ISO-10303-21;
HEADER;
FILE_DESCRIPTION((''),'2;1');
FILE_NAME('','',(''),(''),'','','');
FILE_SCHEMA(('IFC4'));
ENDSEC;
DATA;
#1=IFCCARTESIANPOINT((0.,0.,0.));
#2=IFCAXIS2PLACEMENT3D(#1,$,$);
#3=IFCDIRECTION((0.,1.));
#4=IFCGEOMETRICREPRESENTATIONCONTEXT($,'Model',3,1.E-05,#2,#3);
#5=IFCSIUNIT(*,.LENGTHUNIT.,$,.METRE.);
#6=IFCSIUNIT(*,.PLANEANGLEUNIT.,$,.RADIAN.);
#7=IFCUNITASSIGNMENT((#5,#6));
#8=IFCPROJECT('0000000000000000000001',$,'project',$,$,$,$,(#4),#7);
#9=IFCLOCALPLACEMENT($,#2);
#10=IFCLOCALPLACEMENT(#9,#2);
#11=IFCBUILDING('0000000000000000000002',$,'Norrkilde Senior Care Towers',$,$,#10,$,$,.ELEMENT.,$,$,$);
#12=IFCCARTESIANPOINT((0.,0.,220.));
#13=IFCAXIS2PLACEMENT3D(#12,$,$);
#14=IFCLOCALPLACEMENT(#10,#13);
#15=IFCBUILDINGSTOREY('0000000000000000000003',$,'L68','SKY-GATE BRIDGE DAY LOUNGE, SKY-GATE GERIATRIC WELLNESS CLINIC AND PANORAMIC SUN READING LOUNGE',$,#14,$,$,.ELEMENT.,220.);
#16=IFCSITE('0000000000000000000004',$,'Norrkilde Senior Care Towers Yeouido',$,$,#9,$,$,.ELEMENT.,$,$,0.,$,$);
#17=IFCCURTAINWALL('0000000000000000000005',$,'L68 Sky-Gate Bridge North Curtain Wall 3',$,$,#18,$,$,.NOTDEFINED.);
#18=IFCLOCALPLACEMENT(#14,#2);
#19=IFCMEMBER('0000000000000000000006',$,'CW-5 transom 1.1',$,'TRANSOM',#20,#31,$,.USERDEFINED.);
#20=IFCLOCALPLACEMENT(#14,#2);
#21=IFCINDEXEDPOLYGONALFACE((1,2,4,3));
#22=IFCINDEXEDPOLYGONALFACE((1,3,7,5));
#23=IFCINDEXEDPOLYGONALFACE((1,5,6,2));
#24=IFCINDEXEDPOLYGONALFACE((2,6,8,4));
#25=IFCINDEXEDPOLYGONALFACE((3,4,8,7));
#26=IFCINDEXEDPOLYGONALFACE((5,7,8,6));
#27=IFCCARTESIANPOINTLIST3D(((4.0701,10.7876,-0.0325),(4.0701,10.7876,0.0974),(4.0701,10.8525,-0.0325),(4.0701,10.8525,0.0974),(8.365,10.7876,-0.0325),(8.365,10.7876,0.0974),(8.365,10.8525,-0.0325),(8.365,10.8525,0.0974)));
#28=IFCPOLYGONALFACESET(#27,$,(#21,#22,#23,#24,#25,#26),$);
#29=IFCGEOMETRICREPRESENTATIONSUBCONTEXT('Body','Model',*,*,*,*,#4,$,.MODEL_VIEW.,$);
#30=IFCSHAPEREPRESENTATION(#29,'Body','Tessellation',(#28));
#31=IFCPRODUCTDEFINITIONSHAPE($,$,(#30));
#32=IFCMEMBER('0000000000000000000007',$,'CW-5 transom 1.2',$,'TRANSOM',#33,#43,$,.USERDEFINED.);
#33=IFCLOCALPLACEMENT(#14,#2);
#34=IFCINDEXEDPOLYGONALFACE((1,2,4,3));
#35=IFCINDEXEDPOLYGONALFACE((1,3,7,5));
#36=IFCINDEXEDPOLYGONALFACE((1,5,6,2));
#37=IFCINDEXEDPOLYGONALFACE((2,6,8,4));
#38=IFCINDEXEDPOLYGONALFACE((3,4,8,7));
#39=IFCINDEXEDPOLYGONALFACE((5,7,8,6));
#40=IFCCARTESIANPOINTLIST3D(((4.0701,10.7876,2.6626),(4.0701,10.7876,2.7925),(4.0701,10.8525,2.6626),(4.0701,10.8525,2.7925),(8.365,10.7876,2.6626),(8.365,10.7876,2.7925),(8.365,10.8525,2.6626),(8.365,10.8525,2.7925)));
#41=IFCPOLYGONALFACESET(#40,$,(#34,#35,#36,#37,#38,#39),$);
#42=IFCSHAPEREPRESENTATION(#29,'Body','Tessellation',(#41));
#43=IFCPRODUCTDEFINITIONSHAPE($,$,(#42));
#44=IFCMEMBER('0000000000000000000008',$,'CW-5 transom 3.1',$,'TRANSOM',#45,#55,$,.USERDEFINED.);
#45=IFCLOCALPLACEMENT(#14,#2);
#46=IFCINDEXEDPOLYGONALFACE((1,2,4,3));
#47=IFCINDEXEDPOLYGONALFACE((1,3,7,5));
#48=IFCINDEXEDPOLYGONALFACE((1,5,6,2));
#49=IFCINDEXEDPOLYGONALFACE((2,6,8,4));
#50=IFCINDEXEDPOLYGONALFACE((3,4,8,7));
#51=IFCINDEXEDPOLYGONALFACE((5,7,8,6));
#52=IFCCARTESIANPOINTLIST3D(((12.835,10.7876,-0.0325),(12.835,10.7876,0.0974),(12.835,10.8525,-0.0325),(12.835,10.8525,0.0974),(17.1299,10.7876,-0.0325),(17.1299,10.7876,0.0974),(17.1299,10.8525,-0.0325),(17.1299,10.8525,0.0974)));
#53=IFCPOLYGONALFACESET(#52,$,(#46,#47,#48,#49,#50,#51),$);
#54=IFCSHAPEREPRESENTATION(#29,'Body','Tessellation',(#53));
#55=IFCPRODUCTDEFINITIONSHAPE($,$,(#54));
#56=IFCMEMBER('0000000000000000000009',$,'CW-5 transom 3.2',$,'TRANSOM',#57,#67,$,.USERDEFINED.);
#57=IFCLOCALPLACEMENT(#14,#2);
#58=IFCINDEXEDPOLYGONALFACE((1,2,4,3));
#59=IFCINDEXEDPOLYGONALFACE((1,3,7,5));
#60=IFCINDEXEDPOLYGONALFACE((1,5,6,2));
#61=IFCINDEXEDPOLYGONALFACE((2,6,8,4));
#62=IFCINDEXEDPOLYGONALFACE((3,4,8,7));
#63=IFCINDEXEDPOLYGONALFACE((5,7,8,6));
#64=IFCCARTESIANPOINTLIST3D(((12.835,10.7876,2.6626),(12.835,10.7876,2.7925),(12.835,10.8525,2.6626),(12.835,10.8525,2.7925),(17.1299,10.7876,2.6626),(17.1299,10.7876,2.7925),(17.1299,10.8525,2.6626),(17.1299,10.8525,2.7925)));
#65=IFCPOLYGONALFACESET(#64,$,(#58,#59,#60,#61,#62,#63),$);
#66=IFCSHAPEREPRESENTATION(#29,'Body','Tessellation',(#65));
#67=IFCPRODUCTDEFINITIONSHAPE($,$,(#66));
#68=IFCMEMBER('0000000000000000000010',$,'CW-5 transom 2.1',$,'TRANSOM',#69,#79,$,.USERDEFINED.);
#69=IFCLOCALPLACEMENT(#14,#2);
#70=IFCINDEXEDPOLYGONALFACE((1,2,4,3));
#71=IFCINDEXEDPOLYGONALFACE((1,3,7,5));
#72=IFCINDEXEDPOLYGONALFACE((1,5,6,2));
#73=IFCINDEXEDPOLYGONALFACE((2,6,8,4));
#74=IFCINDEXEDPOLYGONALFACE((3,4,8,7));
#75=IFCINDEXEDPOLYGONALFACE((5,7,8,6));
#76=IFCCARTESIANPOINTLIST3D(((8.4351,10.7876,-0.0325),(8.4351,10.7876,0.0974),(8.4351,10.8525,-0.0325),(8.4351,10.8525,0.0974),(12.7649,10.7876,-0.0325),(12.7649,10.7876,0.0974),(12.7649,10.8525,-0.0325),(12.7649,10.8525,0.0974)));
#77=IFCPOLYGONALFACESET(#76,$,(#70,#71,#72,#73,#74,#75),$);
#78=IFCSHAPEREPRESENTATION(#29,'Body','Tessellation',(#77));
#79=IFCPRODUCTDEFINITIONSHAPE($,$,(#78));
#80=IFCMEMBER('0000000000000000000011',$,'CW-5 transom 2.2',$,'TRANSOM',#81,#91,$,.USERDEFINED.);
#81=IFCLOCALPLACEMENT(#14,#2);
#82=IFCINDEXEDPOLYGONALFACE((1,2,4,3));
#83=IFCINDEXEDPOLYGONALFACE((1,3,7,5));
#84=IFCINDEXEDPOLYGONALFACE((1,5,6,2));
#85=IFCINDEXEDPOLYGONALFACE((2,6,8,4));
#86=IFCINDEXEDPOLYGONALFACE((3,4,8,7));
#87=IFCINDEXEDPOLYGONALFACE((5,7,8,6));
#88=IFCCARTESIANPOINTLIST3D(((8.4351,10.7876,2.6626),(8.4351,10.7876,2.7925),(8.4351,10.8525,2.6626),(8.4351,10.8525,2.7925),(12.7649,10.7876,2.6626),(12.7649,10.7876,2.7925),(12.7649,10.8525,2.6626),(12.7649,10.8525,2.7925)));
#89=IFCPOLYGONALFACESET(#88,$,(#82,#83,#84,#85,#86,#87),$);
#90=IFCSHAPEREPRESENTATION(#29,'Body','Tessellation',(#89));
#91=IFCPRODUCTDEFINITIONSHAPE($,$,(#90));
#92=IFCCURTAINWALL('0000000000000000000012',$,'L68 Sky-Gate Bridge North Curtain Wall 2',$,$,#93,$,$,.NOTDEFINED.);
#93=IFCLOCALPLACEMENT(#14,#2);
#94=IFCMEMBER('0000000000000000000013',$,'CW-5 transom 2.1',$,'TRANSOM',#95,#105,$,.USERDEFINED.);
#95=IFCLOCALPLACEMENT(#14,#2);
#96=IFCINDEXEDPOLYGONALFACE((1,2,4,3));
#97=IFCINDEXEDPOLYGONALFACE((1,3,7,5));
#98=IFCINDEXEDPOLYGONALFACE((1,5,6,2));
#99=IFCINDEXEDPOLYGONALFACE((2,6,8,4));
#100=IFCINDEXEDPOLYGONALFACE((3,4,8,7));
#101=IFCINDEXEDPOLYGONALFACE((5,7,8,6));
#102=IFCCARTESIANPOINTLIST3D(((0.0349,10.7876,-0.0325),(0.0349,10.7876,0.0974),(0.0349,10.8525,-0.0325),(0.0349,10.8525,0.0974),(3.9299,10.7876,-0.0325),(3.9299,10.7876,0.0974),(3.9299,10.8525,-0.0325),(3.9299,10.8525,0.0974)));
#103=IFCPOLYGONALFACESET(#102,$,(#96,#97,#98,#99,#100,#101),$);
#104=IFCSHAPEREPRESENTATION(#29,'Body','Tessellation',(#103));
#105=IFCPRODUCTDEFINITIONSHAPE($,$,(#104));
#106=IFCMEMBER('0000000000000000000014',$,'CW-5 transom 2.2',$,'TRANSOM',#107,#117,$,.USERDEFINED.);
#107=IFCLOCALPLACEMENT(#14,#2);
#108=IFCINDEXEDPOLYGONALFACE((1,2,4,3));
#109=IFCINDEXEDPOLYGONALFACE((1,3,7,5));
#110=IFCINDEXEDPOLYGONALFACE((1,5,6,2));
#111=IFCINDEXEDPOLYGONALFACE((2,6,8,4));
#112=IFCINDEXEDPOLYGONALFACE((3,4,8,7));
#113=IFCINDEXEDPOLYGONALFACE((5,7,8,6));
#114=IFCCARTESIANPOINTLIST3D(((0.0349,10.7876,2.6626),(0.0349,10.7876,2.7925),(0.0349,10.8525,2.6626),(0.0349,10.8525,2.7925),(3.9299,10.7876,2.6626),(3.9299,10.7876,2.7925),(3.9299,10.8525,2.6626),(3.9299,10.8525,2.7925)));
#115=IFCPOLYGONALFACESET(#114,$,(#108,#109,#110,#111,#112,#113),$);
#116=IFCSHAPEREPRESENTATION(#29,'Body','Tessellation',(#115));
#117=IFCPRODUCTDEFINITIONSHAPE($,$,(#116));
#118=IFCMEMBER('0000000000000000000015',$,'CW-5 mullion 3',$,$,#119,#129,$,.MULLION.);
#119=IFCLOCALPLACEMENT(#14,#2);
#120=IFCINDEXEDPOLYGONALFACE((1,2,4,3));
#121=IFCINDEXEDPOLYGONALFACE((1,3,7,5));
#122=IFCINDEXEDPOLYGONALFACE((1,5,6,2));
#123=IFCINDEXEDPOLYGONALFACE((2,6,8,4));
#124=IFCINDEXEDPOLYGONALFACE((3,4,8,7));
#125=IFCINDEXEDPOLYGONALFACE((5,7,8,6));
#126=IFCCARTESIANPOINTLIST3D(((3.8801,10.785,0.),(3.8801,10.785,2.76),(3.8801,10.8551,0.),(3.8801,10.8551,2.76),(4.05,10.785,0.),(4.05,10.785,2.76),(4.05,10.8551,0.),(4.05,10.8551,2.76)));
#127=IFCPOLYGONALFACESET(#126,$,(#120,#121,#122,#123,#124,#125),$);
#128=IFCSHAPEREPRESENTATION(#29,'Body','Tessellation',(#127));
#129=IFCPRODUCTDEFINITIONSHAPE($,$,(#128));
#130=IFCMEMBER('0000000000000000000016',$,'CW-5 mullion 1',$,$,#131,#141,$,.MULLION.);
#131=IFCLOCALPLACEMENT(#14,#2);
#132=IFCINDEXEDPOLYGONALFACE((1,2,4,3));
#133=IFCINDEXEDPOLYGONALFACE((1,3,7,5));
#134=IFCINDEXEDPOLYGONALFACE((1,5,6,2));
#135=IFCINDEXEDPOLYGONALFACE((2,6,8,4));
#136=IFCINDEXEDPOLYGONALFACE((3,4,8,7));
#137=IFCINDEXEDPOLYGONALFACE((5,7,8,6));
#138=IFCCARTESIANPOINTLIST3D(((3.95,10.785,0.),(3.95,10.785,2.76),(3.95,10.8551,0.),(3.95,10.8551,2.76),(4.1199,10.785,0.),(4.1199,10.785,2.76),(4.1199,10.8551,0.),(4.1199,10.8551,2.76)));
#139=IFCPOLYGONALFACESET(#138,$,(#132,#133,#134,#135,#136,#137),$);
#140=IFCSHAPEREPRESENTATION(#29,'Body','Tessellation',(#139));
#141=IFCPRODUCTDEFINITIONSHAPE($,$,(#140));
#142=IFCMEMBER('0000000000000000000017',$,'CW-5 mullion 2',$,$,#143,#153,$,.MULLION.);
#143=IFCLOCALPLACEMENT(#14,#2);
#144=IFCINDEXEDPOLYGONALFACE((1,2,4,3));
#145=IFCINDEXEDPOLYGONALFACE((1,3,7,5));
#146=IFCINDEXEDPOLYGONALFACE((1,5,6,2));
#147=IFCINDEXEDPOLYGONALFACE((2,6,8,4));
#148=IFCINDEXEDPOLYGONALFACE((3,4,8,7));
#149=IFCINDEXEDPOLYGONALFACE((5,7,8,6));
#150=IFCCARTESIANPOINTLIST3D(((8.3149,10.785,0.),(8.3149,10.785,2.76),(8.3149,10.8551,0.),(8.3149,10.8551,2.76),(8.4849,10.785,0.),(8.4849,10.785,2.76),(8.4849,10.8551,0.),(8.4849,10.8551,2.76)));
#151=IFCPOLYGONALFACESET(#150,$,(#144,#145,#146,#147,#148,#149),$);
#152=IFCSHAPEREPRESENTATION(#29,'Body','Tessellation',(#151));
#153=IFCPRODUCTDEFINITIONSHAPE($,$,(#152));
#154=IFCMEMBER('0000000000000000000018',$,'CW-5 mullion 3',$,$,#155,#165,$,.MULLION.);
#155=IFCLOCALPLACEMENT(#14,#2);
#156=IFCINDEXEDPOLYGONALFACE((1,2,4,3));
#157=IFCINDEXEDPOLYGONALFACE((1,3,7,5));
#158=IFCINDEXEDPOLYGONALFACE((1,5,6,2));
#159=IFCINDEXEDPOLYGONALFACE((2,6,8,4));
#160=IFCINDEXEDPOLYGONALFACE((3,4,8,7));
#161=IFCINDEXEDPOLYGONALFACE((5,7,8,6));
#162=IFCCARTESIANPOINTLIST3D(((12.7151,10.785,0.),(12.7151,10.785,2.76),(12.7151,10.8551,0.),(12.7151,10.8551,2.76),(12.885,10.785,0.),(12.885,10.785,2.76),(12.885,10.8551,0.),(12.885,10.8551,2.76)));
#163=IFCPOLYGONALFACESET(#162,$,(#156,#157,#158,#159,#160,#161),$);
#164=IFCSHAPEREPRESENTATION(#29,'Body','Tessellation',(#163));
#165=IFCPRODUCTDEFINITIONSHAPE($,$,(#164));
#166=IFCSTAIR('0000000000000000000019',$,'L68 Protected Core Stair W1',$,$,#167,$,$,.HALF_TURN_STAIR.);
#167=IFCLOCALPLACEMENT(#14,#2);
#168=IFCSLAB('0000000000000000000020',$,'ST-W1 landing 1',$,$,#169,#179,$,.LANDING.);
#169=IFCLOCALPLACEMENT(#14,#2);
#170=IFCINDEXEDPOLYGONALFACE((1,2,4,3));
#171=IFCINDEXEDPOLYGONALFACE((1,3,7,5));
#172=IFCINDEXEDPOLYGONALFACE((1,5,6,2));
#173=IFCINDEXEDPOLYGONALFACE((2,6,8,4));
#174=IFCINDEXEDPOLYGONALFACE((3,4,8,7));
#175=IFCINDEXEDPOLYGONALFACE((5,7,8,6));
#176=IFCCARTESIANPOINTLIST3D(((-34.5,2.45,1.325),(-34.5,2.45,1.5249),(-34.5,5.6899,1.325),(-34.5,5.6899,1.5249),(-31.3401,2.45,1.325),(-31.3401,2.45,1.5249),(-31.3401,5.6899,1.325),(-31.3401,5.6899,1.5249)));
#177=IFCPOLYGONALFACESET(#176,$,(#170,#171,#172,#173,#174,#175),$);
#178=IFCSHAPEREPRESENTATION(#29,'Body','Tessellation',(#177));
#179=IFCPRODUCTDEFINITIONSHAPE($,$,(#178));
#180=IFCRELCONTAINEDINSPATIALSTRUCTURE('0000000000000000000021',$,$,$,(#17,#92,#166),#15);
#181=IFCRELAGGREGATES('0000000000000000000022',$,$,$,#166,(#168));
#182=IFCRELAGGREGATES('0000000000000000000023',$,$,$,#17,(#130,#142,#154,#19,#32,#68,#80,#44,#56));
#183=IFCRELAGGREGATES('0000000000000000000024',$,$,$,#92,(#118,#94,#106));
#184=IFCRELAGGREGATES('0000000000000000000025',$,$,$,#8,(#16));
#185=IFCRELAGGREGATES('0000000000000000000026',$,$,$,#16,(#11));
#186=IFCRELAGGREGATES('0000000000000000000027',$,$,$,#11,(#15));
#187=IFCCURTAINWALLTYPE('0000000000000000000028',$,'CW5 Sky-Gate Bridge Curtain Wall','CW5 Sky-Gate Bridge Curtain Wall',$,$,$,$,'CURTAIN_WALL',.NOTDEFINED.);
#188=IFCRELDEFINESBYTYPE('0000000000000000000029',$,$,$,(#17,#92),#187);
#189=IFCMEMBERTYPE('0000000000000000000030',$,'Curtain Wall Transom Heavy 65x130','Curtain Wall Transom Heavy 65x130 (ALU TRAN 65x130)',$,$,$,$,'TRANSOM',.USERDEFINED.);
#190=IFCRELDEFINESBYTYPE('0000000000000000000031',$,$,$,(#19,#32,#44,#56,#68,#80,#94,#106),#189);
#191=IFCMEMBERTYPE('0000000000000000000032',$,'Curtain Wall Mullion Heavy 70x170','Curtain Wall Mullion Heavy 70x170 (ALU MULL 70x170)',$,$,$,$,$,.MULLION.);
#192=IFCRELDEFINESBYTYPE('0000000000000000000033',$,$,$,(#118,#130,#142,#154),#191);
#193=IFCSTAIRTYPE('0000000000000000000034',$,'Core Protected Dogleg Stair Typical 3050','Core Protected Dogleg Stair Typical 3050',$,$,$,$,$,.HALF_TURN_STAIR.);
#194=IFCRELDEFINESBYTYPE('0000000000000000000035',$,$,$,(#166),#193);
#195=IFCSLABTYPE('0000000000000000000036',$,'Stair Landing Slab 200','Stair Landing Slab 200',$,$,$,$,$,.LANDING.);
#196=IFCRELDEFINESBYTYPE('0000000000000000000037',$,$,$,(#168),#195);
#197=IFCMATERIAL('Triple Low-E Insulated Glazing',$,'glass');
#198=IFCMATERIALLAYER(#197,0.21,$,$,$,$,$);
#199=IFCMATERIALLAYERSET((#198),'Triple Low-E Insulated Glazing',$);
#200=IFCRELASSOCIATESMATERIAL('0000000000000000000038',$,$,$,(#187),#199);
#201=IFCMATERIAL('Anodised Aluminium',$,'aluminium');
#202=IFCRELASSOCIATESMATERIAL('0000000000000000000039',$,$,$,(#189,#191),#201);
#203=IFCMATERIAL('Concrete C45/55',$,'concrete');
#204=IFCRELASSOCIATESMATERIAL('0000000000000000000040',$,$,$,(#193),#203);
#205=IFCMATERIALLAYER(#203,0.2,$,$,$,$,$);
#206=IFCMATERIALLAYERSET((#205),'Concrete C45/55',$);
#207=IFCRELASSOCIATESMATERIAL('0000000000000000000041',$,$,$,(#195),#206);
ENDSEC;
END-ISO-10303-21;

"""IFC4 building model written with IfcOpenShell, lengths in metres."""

from ifc_helpers import new_model, si_unit, direction, frame, origin, origin_2d, place, context, subcontext, project, spatial, polyline, rectangle, outline, extrude, source, transform, mapped, material, layer, layer_set, material_profile, profile_set, type_object, type_shapes, element, aggregate, save


model = new_model("IFC4")

# Units and contexts
model_context = context("Model", 3, precision=1e-05, world=origin(), true_north=direction((0.0, 1.0)))
body_context = subcontext(model_context, "Body", "Model", "MODEL_VIEW")
ifc_project = project(units=[si_unit("LENGTHUNIT", "METRE"), si_unit("PLANEANGLEUNIT", "RADIAN")], contexts=[model_context])

# Site, building, storey
site_placement = place(None, origin())
site = spatial("IfcSite", under=ifc_project, at=site_placement, Name="Norrkilde Senior Care Towers Yeouido", CompositionType="ELEMENT", RefElevation=0.0)
building_placement = place(site_placement, origin())
building = spatial("IfcBuilding", under=site, at=building_placement, Name="Norrkilde Senior Care Towers", CompositionType="ELEMENT")
storey_placement = place(building_placement, frame((0.0, 0.0, 220.0)))
storey = spatial("IfcBuildingStorey", under=building, at=storey_placement, Name="L68", Description="SKY-GATE BRIDGE DAY LOUNGE, SKY-GATE GERIATRIC WELLNESS CLINIC AND PANORAMIC SUN READING LOUNGE", CompositionType="ELEMENT", Elevation=220.0)

# Curtain walls, members
ifc_material_1 = material(Name="Triple Low-E Insulated Glazing", Category="glass")
ifc_layer_1 = layer(ifc_material_1, 0.21)
ifc_layer_set_1 = layer_set([ifc_layer_1], Name="Triple Low-E Insulated Glazing")
curtain_wall_type = type_object("IfcCurtainWallType", Name="CW5 Sky-Gate Bridge Curtain Wall", Description="CW5 Sky-Gate Bridge Curtain Wall", ElementType="CURTAIN_WALL", PredefinedType="NOTDEFINED", material=ifc_layer_set_1)
curtain_wall_1_placement = place(storey_placement, origin())
curtain_wall_1 = element("IfcCurtainWall", 1, at=curtain_wall_1_placement, inside=storey, type_object=curtain_wall_type, Name="L68 Sky-Gate Bridge North Curtain Wall 3", PredefinedType="NOTDEFINED")
ifc_material_2 = material(Name="Anodised Aluminium", Category="aluminium")
ifc_material_profile_1 = material_profile(ifc_material_2, rectangle(XDim=0.0649, YDim=0.1299, at=origin_2d()), Name="ALU TRAN 65x130")
ifc_profile_set_1 = profile_set([ifc_material_profile_1], Name="Anodised Aluminium")
member_type_1 = type_object("IfcMemberType", Name="Curtain Wall Transom Heavy 65x130", Description="Curtain Wall Transom Heavy 65x130 (ALU TRAN 65x130)", ElementType="TRANSOM", PredefinedType="USERDEFINED", material=ifc_profile_set_1)
shared_shape_1 = source(origin(), body_context, "Body", "SweptSolid", [
    extrude(rectangle(XDim=0.0649, YDim=0.1299, at=origin_2d()), origin(), (0.0, 0.0, 1.0), 4.2949),
])
member_1_placement = place(storey_placement, frame((4.0701, 10.8201, 0.0325), z_axis=(1.0, 0.0, 0.0), x_axis=(0.0, 1.0, 0.0)))
member_1 = element("IfcMember", 2, at=member_1_placement, type_object=member_type_1, Name="CW-5 transom 1.1", ObjectType="TRANSOM", PredefinedType="USERDEFINED", context=body_context, shape_type="MappedRepresentation", body=[
    mapped(shared_shape_1, transform((0.0, 0.0, 0.0), x_axis=(1.0, 0.0, 0.0), y_axis=(0.0, 1.0, 0.0), z_axis=(0.0, 0.0, 1.0), scale=1.0)),
])
member_2_placement = place(storey_placement, frame((4.0701, 10.8201, 2.7275), z_axis=(1.0, 0.0, 0.0), x_axis=(0.0, 1.0, 0.0)))
member_2 = element("IfcMember", 3, at=member_2_placement, type_object=member_type_1, Name="CW-5 transom 1.2", ObjectType="TRANSOM", PredefinedType="USERDEFINED", context=body_context, shape_type="MappedRepresentation", body=[
    mapped(shared_shape_1, transform((0.0, 0.0, 0.0), x_axis=(1.0, 0.0, 0.0), y_axis=(0.0, 1.0, 0.0), z_axis=(0.0, 0.0, 1.0), scale=1.0)),
])
member_3_placement = place(storey_placement, frame((12.835, 10.8201, 0.0325), z_axis=(1.0, 0.0, 0.0), x_axis=(0.0, 1.0, 0.0)))
member_3 = element("IfcMember", 4, at=member_3_placement, type_object=member_type_1, Name="CW-5 transom 3.1", ObjectType="TRANSOM", PredefinedType="USERDEFINED", context=body_context, shape_type="MappedRepresentation", body=[
    mapped(shared_shape_1, transform((0.0, 0.0, 0.0), x_axis=(1.0, 0.0, 0.0), y_axis=(0.0, 1.0, 0.0), z_axis=(0.0, 0.0, 1.0), scale=1.0)),
])
member_4_placement = place(storey_placement, frame((12.835, 10.8201, 2.7275), z_axis=(1.0, 0.0, 0.0), x_axis=(0.0, 1.0, 0.0)))
member_4 = element("IfcMember", 5, at=member_4_placement, type_object=member_type_1, Name="CW-5 transom 3.2", ObjectType="TRANSOM", PredefinedType="USERDEFINED", context=body_context, shape_type="MappedRepresentation", body=[
    mapped(shared_shape_1, transform((0.0, 0.0, 0.0), x_axis=(1.0, 0.0, 0.0), y_axis=(0.0, 1.0, 0.0), z_axis=(0.0, 0.0, 1.0), scale=1.0)),
])
shared_shape_2 = source(origin(), body_context, "Body", "SweptSolid", [
    extrude(rectangle(XDim=0.0649, YDim=0.1299, at=origin_2d()), origin(), (0.0, 0.0, 1.0), 4.3298),
])
member_5_placement = place(storey_placement, frame((8.4351, 10.8201, 0.0325), z_axis=(1.0, 0.0, 0.0), x_axis=(0.0, 1.0, 0.0)))
member_5 = element("IfcMember", 6, at=member_5_placement, type_object=member_type_1, Name="CW-5 transom 2.1", ObjectType="TRANSOM", PredefinedType="USERDEFINED", context=body_context, shape_type="MappedRepresentation", body=[
    mapped(shared_shape_2, transform((0.0, 0.0, 0.0), x_axis=(1.0, 0.0, 0.0), y_axis=(0.0, 1.0, 0.0), z_axis=(0.0, 0.0, 1.0), scale=1.0)),
])
member_6_placement = place(storey_placement, frame((8.4351, 10.8201, 2.7275), z_axis=(1.0, 0.0, 0.0), x_axis=(0.0, 1.0, 0.0)))
member_6 = element("IfcMember", 7, at=member_6_placement, type_object=member_type_1, Name="CW-5 transom 2.2", ObjectType="TRANSOM", PredefinedType="USERDEFINED", context=body_context, shape_type="MappedRepresentation", body=[
    mapped(shared_shape_2, transform((0.0, 0.0, 0.0), x_axis=(1.0, 0.0, 0.0), y_axis=(0.0, 1.0, 0.0), z_axis=(0.0, 0.0, 1.0), scale=1.0)),
])
curtain_wall_2_placement = place(storey_placement, origin())
curtain_wall_2 = element("IfcCurtainWall", 8, at=curtain_wall_2_placement, inside=storey, type_object=curtain_wall_type, Name="L68 Sky-Gate Bridge North Curtain Wall 2", PredefinedType="NOTDEFINED")
shared_shape_3 = source(origin(), body_context, "Body", "SweptSolid", [
    extrude(rectangle(XDim=0.0649, YDim=0.1299, at=origin_2d()), origin(), (0.0, 0.0, 1.0), 3.895),
])
type_shapes(member_type_1, [shared_shape_1, shared_shape_2, shared_shape_3])
member_7_placement = place(storey_placement, frame((0.0349, 10.8201, 0.0325), z_axis=(1.0, 0.0, 0.0), x_axis=(0.0, 1.0, 0.0)))
member_7 = element("IfcMember", 9, at=member_7_placement, type_object=member_type_1, Name="CW-5 transom 2.1", ObjectType="TRANSOM", PredefinedType="USERDEFINED", context=body_context, shape_type="MappedRepresentation", body=[
    mapped(shared_shape_3, transform((0.0, 0.0, 0.0), x_axis=(1.0, 0.0, 0.0), y_axis=(0.0, 1.0, 0.0), z_axis=(0.0, 0.0, 1.0), scale=1.0)),
])
member_8_placement = place(storey_placement, frame((0.0349, 10.8201, 2.7275), z_axis=(1.0, 0.0, 0.0), x_axis=(0.0, 1.0, 0.0)))
member_8 = element("IfcMember", 10, at=member_8_placement, type_object=member_type_1, Name="CW-5 transom 2.2", ObjectType="TRANSOM", PredefinedType="USERDEFINED", context=body_context, shape_type="MappedRepresentation", body=[
    mapped(shared_shape_3, transform((0.0, 0.0, 0.0), x_axis=(1.0, 0.0, 0.0), y_axis=(0.0, 1.0, 0.0), z_axis=(0.0, 0.0, 1.0), scale=1.0)),
])
ifc_material_profile_2 = material_profile(ifc_material_2, rectangle(XDim=0.0701, YDim=0.1699, at=origin_2d()), Name="ALU MULL 70x170")
ifc_profile_set_2 = profile_set([ifc_material_profile_2], Name="Anodised Aluminium")
member_type_2 = type_object("IfcMemberType", Name="Curtain Wall Mullion Heavy 70x170", Description="Curtain Wall Mullion Heavy 70x170 (ALU MULL 70x170)", PredefinedType="MULLION", material=ifc_profile_set_2)
shared_shape_4 = source(origin(), body_context, "Body", "SweptSolid", [
    extrude(rectangle(XDim=0.0701, YDim=0.1699, at=origin_2d()), origin(), (0.0, 0.0, 1.0), 2.76),
])
type_shapes(member_type_2, [shared_shape_4])
member_9_placement = place(storey_placement, frame((3.9651, 10.8201, 0.0), z_axis=(0.0, 0.0, 1.0), x_axis=(0.0, 1.0, 0.0)))
member_9 = element("IfcMember", 11, at=member_9_placement, type_object=member_type_2, Name="CW-5 mullion 3", PredefinedType="MULLION", context=body_context, shape_type="MappedRepresentation", body=[
    mapped(shared_shape_4, transform((0.0, 0.0, 0.0), x_axis=(1.0, 0.0, 0.0), y_axis=(0.0, 1.0, 0.0), z_axis=(0.0, 0.0, 1.0), scale=1.0)),
])

# Members
member_10_placement = place(storey_placement, frame((4.0349, 10.8201, 0.0), z_axis=(0.0, 0.0, 1.0), x_axis=(0.0, 1.0, 0.0)))
member_10 = element("IfcMember", 12, at=member_10_placement, type_object=member_type_2, Name="CW-5 mullion 1", PredefinedType="MULLION", context=body_context, shape_type="MappedRepresentation", body=[
    mapped(shared_shape_4, transform((0.0, 0.0, 0.0), x_axis=(1.0, 0.0, 0.0), y_axis=(0.0, 1.0, 0.0), z_axis=(0.0, 0.0, 1.0), scale=1.0)),
])
member_11_placement = place(storey_placement, frame((8.3999, 10.8201, 0.0), z_axis=(0.0, 0.0, 1.0), x_axis=(0.0, 1.0, 0.0)))
member_11 = element("IfcMember", 13, at=member_11_placement, type_object=member_type_2, Name="CW-5 mullion 2", PredefinedType="MULLION", context=body_context, shape_type="MappedRepresentation", body=[
    mapped(shared_shape_4, transform((0.0, 0.0, 0.0), x_axis=(1.0, 0.0, 0.0), y_axis=(0.0, 1.0, 0.0), z_axis=(0.0, 0.0, 1.0), scale=1.0)),
])
member_12_placement = place(storey_placement, frame((12.8, 10.8201, 0.0), z_axis=(0.0, 0.0, 1.0), x_axis=(0.0, 1.0, 0.0)))
member_12 = element("IfcMember", 14, at=member_12_placement, type_object=member_type_2, Name="CW-5 mullion 3", PredefinedType="MULLION", context=body_context, shape_type="MappedRepresentation", body=[
    mapped(shared_shape_4, transform((0.0, 0.0, 0.0), x_axis=(1.0, 0.0, 0.0), y_axis=(0.0, 1.0, 0.0), z_axis=(0.0, 0.0, 1.0), scale=1.0)),
])

# Stair, slab
ifc_material_3 = material(Name="Concrete C45/55", Category="concrete")
stair_type = type_object("IfcStairType", Name="Core Protected Dogleg Stair Typical 3050", Description="Core Protected Dogleg Stair Typical 3050", PredefinedType="HALF_TURN_STAIR", material=ifc_material_3)
stair_1_placement = place(storey_placement, origin())
stair_1 = element("IfcStair", 15, at=stair_1_placement, inside=storey, type_object=stair_type, Name="L68 Protected Core Stair W1", PredefinedType="HALF_TURN_STAIR")
ifc_layer_2 = layer(ifc_material_3, 0.2)
ifc_layer_set_2 = layer_set([ifc_layer_2], Name="Concrete C45/55")
slab_type = type_object("IfcSlabType", Name="Stair Landing Slab 200", Description="Stair Landing Slab 200", PredefinedType="LANDING", material=ifc_layer_set_2)
slab_1_placement = place(storey_placement, frame((0.0, 0.0, 1.325)))
slab_1 = element("IfcSlab", 16, at=slab_1_placement, type_object=slab_type, Name="ST-W1 landing 1", PredefinedType="LANDING", context=body_context, shape_type="SweptSolid", body=[
    extrude(outline(polyline([(-31.3401, 5.6899), (-34.5, 5.6899), (-34.5, 2.45), (-31.3401, 2.45), (-31.3401, 5.6899)])), origin(), (0.0, 0.0, 1.0), 0.2),
])
aggregate(stair_1, [slab_1])

aggregate(curtain_wall_1, [member_10, member_11, member_12, member_1, member_2, member_5, member_6, member_3, member_4])
aggregate(curtain_wall_2, [member_9, member_7, member_8])

save(model, "model.ifc")
